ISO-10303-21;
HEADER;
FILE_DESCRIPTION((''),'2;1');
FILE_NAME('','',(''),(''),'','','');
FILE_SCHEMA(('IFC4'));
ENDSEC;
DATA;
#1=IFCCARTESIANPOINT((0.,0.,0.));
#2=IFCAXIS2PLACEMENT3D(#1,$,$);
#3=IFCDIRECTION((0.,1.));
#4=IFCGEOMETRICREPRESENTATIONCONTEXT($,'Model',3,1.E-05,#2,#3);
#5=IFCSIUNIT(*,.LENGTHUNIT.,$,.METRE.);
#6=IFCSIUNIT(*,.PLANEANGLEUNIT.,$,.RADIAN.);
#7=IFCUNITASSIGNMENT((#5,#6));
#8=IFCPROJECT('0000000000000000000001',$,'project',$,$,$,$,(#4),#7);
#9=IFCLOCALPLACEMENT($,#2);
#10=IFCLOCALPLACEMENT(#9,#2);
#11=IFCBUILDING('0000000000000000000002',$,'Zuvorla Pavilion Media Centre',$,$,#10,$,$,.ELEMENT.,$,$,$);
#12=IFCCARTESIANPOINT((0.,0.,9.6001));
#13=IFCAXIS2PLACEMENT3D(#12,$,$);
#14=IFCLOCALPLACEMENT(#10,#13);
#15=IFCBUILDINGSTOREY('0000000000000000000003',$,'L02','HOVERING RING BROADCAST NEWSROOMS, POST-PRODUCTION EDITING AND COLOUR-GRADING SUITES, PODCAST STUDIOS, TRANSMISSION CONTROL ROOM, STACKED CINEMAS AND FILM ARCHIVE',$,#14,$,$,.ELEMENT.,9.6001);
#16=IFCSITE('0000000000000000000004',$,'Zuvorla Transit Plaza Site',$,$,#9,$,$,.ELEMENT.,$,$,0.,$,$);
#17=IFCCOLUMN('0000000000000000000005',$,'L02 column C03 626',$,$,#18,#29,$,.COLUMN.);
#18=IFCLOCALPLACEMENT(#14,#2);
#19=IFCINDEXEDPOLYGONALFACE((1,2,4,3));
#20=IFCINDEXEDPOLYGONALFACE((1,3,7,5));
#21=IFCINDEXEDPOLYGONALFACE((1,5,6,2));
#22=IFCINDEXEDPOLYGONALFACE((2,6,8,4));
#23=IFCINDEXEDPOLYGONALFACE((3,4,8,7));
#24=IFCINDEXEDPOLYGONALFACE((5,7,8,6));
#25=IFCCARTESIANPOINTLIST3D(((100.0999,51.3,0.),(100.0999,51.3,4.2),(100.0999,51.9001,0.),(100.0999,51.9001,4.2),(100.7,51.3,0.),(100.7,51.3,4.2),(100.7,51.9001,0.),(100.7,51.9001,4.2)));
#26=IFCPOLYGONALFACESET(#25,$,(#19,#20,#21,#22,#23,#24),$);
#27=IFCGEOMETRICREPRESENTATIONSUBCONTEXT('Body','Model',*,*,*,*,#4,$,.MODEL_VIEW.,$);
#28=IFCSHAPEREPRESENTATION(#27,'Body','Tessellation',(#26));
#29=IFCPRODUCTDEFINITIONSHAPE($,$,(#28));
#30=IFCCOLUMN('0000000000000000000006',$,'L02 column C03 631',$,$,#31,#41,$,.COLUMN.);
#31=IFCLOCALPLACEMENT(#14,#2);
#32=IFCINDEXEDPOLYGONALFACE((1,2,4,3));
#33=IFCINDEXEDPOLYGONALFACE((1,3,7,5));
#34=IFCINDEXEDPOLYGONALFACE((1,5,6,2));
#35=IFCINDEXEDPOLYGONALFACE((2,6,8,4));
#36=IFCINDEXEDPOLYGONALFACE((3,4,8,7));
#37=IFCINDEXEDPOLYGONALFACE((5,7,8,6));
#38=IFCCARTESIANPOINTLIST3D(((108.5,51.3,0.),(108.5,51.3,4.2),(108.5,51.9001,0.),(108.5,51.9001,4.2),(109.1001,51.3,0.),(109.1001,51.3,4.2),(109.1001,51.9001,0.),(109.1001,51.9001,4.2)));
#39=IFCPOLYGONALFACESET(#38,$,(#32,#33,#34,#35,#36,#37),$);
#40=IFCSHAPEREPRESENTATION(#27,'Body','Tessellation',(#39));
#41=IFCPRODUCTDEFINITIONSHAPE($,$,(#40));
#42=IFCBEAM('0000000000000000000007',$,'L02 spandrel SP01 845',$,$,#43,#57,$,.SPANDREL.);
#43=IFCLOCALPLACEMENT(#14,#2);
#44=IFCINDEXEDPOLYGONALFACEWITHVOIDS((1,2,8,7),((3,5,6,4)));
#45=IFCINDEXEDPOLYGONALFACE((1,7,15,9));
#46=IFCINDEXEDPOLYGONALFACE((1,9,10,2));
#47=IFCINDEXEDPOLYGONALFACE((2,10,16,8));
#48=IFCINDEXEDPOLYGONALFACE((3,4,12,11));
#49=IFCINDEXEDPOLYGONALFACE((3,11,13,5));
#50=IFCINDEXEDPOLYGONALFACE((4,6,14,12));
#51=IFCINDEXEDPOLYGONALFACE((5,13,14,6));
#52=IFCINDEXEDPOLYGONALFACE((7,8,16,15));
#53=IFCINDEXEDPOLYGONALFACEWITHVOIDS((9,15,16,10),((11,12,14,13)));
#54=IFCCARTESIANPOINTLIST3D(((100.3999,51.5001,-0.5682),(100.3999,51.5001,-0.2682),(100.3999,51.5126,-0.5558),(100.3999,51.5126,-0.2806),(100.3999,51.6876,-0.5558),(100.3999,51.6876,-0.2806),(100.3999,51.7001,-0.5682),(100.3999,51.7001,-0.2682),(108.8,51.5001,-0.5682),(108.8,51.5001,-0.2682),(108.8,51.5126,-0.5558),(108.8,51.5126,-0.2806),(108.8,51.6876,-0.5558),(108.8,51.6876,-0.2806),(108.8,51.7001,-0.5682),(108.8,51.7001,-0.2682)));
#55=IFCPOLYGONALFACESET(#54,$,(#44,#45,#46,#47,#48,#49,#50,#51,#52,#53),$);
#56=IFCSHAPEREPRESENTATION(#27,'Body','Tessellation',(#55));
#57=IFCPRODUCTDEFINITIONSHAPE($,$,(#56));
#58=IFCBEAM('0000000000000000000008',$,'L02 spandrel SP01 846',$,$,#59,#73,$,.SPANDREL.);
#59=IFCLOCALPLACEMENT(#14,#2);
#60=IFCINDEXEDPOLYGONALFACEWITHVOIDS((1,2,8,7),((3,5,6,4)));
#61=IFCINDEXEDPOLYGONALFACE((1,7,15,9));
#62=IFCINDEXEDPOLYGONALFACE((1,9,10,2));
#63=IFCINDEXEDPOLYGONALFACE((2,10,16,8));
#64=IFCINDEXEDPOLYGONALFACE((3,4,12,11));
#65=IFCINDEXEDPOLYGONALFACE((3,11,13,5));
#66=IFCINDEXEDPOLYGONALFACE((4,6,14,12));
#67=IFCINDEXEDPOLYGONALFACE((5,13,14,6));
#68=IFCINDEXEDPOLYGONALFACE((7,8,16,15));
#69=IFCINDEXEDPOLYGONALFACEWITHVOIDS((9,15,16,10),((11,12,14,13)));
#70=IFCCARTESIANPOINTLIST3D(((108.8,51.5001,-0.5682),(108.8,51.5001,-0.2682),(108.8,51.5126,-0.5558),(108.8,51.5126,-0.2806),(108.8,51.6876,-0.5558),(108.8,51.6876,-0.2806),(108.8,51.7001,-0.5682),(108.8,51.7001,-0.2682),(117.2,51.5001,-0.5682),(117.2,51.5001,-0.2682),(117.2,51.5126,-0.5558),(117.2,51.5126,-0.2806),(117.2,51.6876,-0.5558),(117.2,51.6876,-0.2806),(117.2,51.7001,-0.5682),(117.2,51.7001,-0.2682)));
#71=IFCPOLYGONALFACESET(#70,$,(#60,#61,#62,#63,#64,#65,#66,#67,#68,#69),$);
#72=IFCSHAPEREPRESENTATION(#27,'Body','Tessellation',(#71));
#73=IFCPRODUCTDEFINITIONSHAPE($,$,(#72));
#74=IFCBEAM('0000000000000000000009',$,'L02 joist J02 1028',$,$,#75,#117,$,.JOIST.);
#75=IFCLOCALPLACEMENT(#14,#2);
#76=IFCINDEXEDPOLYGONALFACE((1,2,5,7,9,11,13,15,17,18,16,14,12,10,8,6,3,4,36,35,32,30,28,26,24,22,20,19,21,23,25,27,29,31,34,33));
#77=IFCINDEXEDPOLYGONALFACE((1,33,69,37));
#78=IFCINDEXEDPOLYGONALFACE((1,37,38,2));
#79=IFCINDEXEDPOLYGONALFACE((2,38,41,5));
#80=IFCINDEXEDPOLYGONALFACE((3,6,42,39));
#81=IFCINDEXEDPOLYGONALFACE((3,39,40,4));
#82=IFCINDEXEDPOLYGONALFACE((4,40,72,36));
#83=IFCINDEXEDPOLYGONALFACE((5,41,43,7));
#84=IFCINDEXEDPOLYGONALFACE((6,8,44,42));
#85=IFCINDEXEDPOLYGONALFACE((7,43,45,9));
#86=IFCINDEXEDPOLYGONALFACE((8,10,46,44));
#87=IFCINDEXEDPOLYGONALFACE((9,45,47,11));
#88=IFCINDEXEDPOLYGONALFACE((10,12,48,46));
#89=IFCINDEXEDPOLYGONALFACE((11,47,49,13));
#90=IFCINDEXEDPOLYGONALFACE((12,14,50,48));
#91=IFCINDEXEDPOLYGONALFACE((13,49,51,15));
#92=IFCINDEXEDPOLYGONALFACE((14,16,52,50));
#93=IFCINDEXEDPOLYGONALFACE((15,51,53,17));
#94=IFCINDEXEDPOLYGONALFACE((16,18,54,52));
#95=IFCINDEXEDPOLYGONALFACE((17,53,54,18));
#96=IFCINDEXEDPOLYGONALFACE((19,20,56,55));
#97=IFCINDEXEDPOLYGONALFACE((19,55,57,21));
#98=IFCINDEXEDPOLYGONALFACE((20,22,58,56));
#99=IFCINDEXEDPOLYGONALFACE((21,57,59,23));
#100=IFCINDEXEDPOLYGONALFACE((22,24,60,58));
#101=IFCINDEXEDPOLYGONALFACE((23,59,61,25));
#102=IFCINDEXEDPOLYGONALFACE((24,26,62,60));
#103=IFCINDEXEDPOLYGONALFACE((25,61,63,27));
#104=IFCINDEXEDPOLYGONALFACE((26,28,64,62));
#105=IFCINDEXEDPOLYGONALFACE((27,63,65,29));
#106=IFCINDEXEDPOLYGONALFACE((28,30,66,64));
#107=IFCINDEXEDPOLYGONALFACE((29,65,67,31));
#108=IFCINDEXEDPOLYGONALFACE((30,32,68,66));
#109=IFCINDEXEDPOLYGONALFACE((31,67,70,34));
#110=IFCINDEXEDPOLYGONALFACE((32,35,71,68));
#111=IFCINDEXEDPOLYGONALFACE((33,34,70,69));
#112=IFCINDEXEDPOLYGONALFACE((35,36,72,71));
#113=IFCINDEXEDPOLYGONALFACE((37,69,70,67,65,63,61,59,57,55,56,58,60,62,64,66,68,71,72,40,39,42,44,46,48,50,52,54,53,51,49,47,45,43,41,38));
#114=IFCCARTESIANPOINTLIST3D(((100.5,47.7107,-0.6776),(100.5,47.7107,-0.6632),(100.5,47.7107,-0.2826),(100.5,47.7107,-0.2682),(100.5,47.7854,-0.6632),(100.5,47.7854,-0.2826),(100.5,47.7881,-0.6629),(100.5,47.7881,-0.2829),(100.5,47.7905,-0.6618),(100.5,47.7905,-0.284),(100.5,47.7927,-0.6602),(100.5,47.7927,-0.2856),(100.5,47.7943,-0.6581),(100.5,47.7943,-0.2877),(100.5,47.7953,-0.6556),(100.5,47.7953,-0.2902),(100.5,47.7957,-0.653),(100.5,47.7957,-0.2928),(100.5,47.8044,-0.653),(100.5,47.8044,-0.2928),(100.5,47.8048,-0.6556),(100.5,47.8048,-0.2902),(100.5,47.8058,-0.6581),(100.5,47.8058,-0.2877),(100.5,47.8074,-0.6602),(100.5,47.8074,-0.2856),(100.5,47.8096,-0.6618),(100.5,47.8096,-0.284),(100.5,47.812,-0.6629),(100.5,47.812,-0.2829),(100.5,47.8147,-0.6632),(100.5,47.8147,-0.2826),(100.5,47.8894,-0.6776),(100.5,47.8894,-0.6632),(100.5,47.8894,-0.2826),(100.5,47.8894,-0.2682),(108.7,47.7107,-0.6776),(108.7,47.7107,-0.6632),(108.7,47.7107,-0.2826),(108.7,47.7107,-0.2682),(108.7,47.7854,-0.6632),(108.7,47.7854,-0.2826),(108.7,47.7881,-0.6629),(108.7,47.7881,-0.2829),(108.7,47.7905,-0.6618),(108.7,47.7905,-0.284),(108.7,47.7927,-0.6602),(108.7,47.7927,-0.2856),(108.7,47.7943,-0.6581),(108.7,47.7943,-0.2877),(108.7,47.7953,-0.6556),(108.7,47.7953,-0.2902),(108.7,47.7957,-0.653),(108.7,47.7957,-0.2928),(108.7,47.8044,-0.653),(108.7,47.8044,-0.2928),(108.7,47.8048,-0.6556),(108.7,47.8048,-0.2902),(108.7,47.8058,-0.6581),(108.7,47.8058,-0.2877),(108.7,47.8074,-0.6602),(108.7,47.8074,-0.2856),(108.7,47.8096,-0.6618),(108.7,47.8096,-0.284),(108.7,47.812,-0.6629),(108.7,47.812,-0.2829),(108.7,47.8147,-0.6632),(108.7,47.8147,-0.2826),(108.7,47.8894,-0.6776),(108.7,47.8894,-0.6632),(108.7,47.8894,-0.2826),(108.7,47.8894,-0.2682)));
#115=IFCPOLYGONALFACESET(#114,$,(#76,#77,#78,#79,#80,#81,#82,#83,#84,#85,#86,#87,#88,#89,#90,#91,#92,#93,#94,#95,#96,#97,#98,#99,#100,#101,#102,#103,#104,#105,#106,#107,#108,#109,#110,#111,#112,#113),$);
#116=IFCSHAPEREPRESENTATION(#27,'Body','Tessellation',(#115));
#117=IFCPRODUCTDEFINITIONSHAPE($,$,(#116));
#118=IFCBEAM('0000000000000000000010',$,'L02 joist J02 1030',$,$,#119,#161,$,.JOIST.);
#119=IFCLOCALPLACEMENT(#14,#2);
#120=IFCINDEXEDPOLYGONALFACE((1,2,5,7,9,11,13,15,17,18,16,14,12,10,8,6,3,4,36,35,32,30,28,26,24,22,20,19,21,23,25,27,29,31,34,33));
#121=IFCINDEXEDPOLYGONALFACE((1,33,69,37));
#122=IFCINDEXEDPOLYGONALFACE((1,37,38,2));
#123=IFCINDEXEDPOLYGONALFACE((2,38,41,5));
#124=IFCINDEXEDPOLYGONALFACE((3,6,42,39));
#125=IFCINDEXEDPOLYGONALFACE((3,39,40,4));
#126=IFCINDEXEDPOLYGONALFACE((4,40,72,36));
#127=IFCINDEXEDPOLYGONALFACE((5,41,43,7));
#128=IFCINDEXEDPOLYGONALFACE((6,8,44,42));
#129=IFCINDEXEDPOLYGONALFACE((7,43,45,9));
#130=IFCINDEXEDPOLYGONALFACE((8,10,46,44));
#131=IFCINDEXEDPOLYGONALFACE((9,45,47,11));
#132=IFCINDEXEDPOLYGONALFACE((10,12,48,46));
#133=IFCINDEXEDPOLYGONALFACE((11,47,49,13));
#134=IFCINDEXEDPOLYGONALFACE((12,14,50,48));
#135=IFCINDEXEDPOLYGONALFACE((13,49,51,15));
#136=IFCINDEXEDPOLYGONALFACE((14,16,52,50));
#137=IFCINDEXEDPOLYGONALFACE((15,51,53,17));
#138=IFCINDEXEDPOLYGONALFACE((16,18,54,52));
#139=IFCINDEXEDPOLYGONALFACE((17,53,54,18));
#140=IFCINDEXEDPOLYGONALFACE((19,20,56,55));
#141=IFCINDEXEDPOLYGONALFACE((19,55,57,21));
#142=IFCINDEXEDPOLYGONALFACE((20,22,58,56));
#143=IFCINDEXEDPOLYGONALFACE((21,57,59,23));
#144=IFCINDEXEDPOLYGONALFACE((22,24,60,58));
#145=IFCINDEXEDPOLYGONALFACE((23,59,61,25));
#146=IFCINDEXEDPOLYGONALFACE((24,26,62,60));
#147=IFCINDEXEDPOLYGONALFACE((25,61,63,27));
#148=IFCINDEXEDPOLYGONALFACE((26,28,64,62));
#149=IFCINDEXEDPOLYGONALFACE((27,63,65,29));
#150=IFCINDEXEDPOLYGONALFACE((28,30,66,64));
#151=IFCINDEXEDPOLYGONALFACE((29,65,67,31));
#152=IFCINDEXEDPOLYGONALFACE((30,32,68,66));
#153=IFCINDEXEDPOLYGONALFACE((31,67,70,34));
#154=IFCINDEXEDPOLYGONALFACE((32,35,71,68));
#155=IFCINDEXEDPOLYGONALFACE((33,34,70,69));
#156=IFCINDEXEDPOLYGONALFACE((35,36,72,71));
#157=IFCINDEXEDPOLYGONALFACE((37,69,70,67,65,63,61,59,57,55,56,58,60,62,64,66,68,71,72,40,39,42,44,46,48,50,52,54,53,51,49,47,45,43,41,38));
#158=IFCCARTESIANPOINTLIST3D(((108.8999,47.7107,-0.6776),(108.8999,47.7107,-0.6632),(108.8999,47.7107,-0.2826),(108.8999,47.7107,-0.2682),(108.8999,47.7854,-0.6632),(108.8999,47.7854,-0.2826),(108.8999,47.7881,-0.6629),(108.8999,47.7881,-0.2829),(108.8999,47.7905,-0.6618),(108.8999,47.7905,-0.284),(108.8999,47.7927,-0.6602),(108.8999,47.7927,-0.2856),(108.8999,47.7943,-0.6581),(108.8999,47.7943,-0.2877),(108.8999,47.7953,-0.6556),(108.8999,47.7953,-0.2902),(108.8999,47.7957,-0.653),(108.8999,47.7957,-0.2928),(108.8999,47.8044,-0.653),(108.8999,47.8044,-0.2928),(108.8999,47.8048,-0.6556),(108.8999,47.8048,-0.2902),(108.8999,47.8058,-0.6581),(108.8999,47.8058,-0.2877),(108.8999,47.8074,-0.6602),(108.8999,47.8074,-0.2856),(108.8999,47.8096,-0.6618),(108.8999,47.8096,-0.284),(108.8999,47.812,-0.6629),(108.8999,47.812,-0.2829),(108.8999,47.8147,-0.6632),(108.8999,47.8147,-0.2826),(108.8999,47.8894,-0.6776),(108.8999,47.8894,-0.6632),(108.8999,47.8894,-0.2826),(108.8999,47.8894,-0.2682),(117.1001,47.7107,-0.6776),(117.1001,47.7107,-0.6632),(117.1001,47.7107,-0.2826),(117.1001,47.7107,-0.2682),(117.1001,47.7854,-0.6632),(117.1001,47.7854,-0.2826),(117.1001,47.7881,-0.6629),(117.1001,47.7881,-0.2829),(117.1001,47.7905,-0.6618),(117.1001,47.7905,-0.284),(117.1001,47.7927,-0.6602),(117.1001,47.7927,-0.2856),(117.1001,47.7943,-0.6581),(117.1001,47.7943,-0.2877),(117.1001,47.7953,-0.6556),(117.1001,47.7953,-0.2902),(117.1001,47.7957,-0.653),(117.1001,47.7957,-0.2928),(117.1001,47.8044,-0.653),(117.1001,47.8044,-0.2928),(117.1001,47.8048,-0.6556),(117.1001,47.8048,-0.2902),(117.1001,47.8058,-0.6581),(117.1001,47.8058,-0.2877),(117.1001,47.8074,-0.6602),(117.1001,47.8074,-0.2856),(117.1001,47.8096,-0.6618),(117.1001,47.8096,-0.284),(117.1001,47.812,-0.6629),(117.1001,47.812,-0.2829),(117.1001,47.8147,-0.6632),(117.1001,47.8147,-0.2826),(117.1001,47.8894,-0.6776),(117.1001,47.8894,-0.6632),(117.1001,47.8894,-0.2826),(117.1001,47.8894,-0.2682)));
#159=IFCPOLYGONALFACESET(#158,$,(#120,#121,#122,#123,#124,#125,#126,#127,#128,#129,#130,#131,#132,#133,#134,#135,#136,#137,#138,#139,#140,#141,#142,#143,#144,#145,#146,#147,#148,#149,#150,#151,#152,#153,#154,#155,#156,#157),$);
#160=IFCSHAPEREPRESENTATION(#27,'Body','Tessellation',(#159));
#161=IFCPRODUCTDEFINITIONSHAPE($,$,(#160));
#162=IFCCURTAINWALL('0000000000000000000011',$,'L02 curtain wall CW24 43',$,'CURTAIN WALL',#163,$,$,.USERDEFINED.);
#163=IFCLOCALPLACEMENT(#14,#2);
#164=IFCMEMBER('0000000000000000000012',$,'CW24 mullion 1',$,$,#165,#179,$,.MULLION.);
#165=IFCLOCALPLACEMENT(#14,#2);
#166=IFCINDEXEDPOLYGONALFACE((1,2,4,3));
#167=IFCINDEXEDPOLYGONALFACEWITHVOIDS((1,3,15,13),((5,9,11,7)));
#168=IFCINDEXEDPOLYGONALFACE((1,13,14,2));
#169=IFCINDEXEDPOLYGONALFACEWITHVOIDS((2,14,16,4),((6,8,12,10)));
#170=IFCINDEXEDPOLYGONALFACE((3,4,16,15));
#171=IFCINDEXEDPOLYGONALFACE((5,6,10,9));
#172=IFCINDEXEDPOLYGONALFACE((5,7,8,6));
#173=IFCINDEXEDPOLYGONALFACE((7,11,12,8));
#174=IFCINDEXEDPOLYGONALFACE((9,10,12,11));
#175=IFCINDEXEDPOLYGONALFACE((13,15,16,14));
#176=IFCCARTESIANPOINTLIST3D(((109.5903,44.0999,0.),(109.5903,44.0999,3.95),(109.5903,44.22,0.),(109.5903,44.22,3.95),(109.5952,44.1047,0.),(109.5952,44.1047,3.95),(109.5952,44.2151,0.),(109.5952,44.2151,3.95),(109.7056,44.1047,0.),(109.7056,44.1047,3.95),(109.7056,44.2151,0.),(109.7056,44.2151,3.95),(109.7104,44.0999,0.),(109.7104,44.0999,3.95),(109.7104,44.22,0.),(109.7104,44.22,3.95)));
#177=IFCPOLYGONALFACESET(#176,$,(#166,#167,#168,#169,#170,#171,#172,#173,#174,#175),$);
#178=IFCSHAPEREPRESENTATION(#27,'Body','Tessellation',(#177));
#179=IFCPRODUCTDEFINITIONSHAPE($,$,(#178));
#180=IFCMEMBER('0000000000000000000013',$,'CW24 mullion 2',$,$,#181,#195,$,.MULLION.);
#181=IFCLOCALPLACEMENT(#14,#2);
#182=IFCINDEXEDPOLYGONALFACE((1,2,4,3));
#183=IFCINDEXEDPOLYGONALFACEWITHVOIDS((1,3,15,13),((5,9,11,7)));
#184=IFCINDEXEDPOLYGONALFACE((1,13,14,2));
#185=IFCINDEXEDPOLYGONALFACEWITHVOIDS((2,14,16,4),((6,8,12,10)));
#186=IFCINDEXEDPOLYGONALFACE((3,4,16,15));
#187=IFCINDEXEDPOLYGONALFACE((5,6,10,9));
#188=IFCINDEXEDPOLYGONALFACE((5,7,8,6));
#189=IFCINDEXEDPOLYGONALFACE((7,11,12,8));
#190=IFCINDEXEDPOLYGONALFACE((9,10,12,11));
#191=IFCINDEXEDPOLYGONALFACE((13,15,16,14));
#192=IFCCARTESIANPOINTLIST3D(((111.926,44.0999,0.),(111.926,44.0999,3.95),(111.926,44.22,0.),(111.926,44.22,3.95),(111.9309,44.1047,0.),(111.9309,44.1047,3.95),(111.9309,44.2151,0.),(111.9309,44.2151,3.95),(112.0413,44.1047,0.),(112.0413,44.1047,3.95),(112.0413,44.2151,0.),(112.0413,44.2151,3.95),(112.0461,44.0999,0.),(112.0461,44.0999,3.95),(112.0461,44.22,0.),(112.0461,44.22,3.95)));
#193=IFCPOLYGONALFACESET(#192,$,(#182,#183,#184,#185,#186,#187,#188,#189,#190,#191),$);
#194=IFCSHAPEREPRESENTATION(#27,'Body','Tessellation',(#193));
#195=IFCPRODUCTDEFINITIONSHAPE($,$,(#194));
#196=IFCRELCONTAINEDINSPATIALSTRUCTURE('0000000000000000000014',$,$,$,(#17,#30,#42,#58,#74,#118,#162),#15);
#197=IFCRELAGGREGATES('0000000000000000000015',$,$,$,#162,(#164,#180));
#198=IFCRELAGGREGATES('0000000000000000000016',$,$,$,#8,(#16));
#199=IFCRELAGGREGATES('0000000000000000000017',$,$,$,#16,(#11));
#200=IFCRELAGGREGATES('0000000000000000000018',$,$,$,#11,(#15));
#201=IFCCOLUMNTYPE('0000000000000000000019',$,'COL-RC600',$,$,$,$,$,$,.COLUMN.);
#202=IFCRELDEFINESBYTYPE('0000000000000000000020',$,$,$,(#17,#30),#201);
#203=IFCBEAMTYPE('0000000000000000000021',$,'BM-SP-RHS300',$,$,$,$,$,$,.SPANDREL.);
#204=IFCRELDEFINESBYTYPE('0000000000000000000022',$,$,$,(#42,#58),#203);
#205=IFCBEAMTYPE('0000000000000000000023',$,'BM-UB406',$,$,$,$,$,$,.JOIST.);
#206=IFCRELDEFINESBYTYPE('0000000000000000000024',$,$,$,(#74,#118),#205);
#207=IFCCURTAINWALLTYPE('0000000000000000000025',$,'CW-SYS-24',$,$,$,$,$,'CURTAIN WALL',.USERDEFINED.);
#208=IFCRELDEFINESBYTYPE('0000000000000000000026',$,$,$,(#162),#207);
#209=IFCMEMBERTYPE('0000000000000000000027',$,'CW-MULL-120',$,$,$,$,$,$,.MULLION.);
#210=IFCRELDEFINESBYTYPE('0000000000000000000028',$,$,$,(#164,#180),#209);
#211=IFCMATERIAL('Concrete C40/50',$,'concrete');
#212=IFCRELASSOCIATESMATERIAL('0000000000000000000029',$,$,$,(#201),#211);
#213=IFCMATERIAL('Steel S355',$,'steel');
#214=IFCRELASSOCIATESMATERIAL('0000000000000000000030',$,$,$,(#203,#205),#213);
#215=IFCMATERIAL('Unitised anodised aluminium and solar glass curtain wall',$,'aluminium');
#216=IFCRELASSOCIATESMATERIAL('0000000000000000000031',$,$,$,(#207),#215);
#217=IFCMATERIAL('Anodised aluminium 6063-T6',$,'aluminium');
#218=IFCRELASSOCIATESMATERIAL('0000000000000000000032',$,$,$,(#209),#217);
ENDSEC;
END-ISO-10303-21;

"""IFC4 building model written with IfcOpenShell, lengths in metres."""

from ifc_helpers import new_model, si_unit, direction, frame, origin, origin_2d, place, context, subcontext, project, spatial, rectangle, hollow_rectangle, i_section, extrude, material, material_profile, profile_set, type_object, element, aggregate, save


model = new_model("IFC4")

# Units and contexts
model_context = context("Model", 3, precision=1e-05, world=origin(), true_north=direction((0.0, 1.0)))
body_context = subcontext(model_context, "Body", "Model", "MODEL_VIEW")
ifc_project = project(units=[si_unit("LENGTHUNIT", "METRE"), si_unit("PLANEANGLEUNIT", "RADIAN")], contexts=[model_context])

# Site, building, storey
site_placement = place(None, origin())
site = spatial("IfcSite", under=ifc_project, at=site_placement, Name="Zuvorla Transit Plaza Site", CompositionType="ELEMENT", RefElevation=0.0)
building_placement = place(site_placement, origin())
building = spatial("IfcBuilding", under=site, at=building_placement, Name="Zuvorla Pavilion Media Centre", CompositionType="ELEMENT")
storey_placement = place(building_placement, frame((0.0, 0.0, 9.6001)))
storey = spatial("IfcBuildingStorey", under=building, at=storey_placement, Name="L02", Description="HOVERING RING BROADCAST NEWSROOMS, POST-PRODUCTION EDITING AND COLOUR-GRADING SUITES, PODCAST STUDIOS, TRANSMISSION CONTROL ROOM, STACKED CINEMAS AND FILM ARCHIVE", CompositionType="ELEMENT", Elevation=9.6001)

# Columns
ifc_material_1 = material(Name="Concrete C40/50", Category="concrete")
ifc_material_profile_1 = material_profile(ifc_material_1, rectangle(XDim=0.6001, YDim=0.6001, at=origin_2d()), Name="RC 600x600")
ifc_profile_set_1 = profile_set([ifc_material_profile_1], Name="Concrete C40/50")
column_type = type_object("IfcColumnType", Name="COL-RC600", PredefinedType="COLUMN", material=ifc_profile_set_1)
for number, where, z_axis, x_axis, name in (
    (1, (100.3999, 51.6001, 0.0), (0.0, 0.0, 1.0), (1.0, 0.0, 0.0), "L02 column C03 626"),
    (2, (108.8, 51.6001, 0.0), (0.0, 0.0, 1.0), (1.0, 0.0, 0.0), "L02 column C03 631"),
):
    element("IfcColumn", number, at=place(storey_placement, frame(where, z_axis=z_axis, x_axis=x_axis)), inside=storey, type_object=column_type, Name=name, PredefinedType="COLUMN", context=body_context, shape_type="SweptSolid", body=[
        extrude(rectangle(XDim=0.6001, YDim=0.6001, at=origin_2d()), origin(), (0.0, 0.0, 1.0), 4.2),
    ])

# Beams
ifc_material_2 = material(Name="Steel S355", Category="steel")
ifc_material_profile_2 = material_profile(ifc_material_2, hollow_rectangle(XDim=0.2, YDim=0.3, WallThickness=0.0125, at=origin_2d()), Name="RHS 300x200x12.5")
ifc_profile_set_2 = profile_set([ifc_material_profile_2], Name="Steel S355")
beam_type_1 = type_object("IfcBeamType", Name="BM-SP-RHS300", PredefinedType="SPANDREL", material=ifc_profile_set_2)
beam_1_placement = place(storey_placement, frame((100.3999, 51.6001, -0.4182), z_axis=(1.0, 0.0, 0.0), x_axis=(0.0, 1.0, 0.0)))
element("IfcBeam", 3, at=beam_1_placement, inside=storey, type_object=beam_type_1, Name="L02 spandrel SP01 845", PredefinedType="SPANDREL", context=body_context, shape_type="SweptSolid", body=[
    extrude(hollow_rectangle(XDim=0.2, YDim=0.3, WallThickness=0.0125, at=origin_2d()), origin(), (0.0, 0.0, 1.0), 8.4001),
])
beam_2_placement = place(storey_placement, frame((108.8, 51.6001, -0.4182), z_axis=(1.0, 0.0, 0.0), x_axis=(0.0, 1.0, 0.0)))
element("IfcBeam", 4, at=beam_2_placement, inside=storey, type_object=beam_type_1, Name="L02 spandrel SP01 846", PredefinedType="SPANDREL", context=body_context, shape_type="SweptSolid", body=[
    extrude(hollow_rectangle(XDim=0.2, YDim=0.3, WallThickness=0.0125, at=origin_2d()), origin(), (0.0, 0.0, 1.0), 8.3999),
])
ifc_material_profile_3 = material_profile(ifc_material_2, i_section(OverallWidth=0.1787, OverallDepth=0.4094, WebThickness=0.0088, FlangeThickness=0.0144, FilletRadius=0.0103, at=origin_2d()), Name="UB 406x178x67")
ifc_profile_set_3 = profile_set([ifc_material_profile_3], Name="Steel S355")
beam_type_2 = type_object("IfcBeamType", Name="BM-UB406", PredefinedType="JOIST", material=ifc_profile_set_3)
beam_3_placement = place(storey_placement, frame((100.5, 47.8, -0.4729), z_axis=(1.0, 0.0, 0.0), x_axis=(0.0, 1.0, 0.0)))
element("IfcBeam", 5, at=beam_3_placement, inside=storey, type_object=beam_type_2, Name="L02 joist J02 1028", PredefinedType="JOIST", context=body_context, shape_type="SweptSolid", body=[
    extrude(i_section(OverallWidth=0.1787, OverallDepth=0.4094, WebThickness=0.0088, FlangeThickness=0.0144, FilletRadius=0.0103, at=origin_2d()), origin(), (0.0, 0.0, 1.0), 8.2),
])
beam_4_placement = place(storey_placement, frame((108.8999, 47.8, -0.4729), z_axis=(1.0, 0.0, 0.0), x_axis=(0.0, 1.0, 0.0)))
element("IfcBeam", 6, at=beam_4_placement, inside=storey, type_object=beam_type_2, Name="L02 joist J02 1030", PredefinedType="JOIST", context=body_context, shape_type="SweptSolid", body=[
    extrude(i_section(OverallWidth=0.1787, OverallDepth=0.4094, WebThickness=0.0088, FlangeThickness=0.0144, FilletRadius=0.0103, at=origin_2d()), origin(), (0.0, 0.0, 1.0), 8.2002),
])

# Curtain wall, members
ifc_material_3 = material(Name="Unitised anodised aluminium and solar glass curtain wall", Category="aluminium")
curtain_wall_type_1 = type_object("IfcCurtainWallType", Name="CW-SYS-24", ElementType="CURTAIN WALL", PredefinedType="USERDEFINED", material=ifc_material_3)
curtain_wall_1_placement = place(storey_placement, origin())
curtain_wall_1 = element("IfcCurtainWall", 7, at=curtain_wall_1_placement, inside=storey, type_object=curtain_wall_type_1, Name="L02 curtain wall CW24 43", ObjectType="CURTAIN WALL", PredefinedType="USERDEFINED")
ifc_material_4 = material(Name="Anodised aluminium 6063-T6", Category="aluminium")
ifc_material_profile_4 = material_profile(ifc_material_4, hollow_rectangle(XDim=0.1201, YDim=0.1201, WallThickness=0.0049, at=origin_2d()), Name="ALU MULL 120x120")
ifc_profile_set_4 = profile_set([ifc_material_profile_4], Name="Anodised aluminium 6063-T6")
member_type_1 = type_object("IfcMemberType", Name="CW-MULL-120", PredefinedType="MULLION", material=ifc_profile_set_4)
member_1_placement = place(storey_placement, frame((109.6504, 44.1599, 0.0), z_axis=(0.0, 0.0, 1.0), x_axis=(1.0, 0.0, 0.0)))
member_1 = element("IfcMember", 8, at=member_1_placement, type_object=member_type_1, Name="CW24 mullion 1", PredefinedType="MULLION", context=body_context, shape_type="SweptSolid", body=[
    extrude(hollow_rectangle(XDim=0.1201, YDim=0.1201, WallThickness=0.0049, at=origin_2d()), origin(), (0.0, 0.0, 1.0), 3.95),
])
member_2_placement = place(storey_placement, frame((111.9861, 44.1599, 0.0), z_axis=(0.0, 0.0, 1.0), x_axis=(1.0, 0.0, 0.0)))
member_2 = element("IfcMember", 9, at=member_2_placement, type_object=member_type_1, Name="CW24 mullion 2", PredefinedType="MULLION", context=body_context, shape_type="SweptSolid", body=[
    extrude(hollow_rectangle(XDim=0.1201, YDim=0.1201, WallThickness=0.0049, at=origin_2d()), origin(), (0.0, 0.0, 1.0), 3.95),
])

aggregate(curtain_wall_1, [member_1, member_2])

save(model, "model.ifc")
